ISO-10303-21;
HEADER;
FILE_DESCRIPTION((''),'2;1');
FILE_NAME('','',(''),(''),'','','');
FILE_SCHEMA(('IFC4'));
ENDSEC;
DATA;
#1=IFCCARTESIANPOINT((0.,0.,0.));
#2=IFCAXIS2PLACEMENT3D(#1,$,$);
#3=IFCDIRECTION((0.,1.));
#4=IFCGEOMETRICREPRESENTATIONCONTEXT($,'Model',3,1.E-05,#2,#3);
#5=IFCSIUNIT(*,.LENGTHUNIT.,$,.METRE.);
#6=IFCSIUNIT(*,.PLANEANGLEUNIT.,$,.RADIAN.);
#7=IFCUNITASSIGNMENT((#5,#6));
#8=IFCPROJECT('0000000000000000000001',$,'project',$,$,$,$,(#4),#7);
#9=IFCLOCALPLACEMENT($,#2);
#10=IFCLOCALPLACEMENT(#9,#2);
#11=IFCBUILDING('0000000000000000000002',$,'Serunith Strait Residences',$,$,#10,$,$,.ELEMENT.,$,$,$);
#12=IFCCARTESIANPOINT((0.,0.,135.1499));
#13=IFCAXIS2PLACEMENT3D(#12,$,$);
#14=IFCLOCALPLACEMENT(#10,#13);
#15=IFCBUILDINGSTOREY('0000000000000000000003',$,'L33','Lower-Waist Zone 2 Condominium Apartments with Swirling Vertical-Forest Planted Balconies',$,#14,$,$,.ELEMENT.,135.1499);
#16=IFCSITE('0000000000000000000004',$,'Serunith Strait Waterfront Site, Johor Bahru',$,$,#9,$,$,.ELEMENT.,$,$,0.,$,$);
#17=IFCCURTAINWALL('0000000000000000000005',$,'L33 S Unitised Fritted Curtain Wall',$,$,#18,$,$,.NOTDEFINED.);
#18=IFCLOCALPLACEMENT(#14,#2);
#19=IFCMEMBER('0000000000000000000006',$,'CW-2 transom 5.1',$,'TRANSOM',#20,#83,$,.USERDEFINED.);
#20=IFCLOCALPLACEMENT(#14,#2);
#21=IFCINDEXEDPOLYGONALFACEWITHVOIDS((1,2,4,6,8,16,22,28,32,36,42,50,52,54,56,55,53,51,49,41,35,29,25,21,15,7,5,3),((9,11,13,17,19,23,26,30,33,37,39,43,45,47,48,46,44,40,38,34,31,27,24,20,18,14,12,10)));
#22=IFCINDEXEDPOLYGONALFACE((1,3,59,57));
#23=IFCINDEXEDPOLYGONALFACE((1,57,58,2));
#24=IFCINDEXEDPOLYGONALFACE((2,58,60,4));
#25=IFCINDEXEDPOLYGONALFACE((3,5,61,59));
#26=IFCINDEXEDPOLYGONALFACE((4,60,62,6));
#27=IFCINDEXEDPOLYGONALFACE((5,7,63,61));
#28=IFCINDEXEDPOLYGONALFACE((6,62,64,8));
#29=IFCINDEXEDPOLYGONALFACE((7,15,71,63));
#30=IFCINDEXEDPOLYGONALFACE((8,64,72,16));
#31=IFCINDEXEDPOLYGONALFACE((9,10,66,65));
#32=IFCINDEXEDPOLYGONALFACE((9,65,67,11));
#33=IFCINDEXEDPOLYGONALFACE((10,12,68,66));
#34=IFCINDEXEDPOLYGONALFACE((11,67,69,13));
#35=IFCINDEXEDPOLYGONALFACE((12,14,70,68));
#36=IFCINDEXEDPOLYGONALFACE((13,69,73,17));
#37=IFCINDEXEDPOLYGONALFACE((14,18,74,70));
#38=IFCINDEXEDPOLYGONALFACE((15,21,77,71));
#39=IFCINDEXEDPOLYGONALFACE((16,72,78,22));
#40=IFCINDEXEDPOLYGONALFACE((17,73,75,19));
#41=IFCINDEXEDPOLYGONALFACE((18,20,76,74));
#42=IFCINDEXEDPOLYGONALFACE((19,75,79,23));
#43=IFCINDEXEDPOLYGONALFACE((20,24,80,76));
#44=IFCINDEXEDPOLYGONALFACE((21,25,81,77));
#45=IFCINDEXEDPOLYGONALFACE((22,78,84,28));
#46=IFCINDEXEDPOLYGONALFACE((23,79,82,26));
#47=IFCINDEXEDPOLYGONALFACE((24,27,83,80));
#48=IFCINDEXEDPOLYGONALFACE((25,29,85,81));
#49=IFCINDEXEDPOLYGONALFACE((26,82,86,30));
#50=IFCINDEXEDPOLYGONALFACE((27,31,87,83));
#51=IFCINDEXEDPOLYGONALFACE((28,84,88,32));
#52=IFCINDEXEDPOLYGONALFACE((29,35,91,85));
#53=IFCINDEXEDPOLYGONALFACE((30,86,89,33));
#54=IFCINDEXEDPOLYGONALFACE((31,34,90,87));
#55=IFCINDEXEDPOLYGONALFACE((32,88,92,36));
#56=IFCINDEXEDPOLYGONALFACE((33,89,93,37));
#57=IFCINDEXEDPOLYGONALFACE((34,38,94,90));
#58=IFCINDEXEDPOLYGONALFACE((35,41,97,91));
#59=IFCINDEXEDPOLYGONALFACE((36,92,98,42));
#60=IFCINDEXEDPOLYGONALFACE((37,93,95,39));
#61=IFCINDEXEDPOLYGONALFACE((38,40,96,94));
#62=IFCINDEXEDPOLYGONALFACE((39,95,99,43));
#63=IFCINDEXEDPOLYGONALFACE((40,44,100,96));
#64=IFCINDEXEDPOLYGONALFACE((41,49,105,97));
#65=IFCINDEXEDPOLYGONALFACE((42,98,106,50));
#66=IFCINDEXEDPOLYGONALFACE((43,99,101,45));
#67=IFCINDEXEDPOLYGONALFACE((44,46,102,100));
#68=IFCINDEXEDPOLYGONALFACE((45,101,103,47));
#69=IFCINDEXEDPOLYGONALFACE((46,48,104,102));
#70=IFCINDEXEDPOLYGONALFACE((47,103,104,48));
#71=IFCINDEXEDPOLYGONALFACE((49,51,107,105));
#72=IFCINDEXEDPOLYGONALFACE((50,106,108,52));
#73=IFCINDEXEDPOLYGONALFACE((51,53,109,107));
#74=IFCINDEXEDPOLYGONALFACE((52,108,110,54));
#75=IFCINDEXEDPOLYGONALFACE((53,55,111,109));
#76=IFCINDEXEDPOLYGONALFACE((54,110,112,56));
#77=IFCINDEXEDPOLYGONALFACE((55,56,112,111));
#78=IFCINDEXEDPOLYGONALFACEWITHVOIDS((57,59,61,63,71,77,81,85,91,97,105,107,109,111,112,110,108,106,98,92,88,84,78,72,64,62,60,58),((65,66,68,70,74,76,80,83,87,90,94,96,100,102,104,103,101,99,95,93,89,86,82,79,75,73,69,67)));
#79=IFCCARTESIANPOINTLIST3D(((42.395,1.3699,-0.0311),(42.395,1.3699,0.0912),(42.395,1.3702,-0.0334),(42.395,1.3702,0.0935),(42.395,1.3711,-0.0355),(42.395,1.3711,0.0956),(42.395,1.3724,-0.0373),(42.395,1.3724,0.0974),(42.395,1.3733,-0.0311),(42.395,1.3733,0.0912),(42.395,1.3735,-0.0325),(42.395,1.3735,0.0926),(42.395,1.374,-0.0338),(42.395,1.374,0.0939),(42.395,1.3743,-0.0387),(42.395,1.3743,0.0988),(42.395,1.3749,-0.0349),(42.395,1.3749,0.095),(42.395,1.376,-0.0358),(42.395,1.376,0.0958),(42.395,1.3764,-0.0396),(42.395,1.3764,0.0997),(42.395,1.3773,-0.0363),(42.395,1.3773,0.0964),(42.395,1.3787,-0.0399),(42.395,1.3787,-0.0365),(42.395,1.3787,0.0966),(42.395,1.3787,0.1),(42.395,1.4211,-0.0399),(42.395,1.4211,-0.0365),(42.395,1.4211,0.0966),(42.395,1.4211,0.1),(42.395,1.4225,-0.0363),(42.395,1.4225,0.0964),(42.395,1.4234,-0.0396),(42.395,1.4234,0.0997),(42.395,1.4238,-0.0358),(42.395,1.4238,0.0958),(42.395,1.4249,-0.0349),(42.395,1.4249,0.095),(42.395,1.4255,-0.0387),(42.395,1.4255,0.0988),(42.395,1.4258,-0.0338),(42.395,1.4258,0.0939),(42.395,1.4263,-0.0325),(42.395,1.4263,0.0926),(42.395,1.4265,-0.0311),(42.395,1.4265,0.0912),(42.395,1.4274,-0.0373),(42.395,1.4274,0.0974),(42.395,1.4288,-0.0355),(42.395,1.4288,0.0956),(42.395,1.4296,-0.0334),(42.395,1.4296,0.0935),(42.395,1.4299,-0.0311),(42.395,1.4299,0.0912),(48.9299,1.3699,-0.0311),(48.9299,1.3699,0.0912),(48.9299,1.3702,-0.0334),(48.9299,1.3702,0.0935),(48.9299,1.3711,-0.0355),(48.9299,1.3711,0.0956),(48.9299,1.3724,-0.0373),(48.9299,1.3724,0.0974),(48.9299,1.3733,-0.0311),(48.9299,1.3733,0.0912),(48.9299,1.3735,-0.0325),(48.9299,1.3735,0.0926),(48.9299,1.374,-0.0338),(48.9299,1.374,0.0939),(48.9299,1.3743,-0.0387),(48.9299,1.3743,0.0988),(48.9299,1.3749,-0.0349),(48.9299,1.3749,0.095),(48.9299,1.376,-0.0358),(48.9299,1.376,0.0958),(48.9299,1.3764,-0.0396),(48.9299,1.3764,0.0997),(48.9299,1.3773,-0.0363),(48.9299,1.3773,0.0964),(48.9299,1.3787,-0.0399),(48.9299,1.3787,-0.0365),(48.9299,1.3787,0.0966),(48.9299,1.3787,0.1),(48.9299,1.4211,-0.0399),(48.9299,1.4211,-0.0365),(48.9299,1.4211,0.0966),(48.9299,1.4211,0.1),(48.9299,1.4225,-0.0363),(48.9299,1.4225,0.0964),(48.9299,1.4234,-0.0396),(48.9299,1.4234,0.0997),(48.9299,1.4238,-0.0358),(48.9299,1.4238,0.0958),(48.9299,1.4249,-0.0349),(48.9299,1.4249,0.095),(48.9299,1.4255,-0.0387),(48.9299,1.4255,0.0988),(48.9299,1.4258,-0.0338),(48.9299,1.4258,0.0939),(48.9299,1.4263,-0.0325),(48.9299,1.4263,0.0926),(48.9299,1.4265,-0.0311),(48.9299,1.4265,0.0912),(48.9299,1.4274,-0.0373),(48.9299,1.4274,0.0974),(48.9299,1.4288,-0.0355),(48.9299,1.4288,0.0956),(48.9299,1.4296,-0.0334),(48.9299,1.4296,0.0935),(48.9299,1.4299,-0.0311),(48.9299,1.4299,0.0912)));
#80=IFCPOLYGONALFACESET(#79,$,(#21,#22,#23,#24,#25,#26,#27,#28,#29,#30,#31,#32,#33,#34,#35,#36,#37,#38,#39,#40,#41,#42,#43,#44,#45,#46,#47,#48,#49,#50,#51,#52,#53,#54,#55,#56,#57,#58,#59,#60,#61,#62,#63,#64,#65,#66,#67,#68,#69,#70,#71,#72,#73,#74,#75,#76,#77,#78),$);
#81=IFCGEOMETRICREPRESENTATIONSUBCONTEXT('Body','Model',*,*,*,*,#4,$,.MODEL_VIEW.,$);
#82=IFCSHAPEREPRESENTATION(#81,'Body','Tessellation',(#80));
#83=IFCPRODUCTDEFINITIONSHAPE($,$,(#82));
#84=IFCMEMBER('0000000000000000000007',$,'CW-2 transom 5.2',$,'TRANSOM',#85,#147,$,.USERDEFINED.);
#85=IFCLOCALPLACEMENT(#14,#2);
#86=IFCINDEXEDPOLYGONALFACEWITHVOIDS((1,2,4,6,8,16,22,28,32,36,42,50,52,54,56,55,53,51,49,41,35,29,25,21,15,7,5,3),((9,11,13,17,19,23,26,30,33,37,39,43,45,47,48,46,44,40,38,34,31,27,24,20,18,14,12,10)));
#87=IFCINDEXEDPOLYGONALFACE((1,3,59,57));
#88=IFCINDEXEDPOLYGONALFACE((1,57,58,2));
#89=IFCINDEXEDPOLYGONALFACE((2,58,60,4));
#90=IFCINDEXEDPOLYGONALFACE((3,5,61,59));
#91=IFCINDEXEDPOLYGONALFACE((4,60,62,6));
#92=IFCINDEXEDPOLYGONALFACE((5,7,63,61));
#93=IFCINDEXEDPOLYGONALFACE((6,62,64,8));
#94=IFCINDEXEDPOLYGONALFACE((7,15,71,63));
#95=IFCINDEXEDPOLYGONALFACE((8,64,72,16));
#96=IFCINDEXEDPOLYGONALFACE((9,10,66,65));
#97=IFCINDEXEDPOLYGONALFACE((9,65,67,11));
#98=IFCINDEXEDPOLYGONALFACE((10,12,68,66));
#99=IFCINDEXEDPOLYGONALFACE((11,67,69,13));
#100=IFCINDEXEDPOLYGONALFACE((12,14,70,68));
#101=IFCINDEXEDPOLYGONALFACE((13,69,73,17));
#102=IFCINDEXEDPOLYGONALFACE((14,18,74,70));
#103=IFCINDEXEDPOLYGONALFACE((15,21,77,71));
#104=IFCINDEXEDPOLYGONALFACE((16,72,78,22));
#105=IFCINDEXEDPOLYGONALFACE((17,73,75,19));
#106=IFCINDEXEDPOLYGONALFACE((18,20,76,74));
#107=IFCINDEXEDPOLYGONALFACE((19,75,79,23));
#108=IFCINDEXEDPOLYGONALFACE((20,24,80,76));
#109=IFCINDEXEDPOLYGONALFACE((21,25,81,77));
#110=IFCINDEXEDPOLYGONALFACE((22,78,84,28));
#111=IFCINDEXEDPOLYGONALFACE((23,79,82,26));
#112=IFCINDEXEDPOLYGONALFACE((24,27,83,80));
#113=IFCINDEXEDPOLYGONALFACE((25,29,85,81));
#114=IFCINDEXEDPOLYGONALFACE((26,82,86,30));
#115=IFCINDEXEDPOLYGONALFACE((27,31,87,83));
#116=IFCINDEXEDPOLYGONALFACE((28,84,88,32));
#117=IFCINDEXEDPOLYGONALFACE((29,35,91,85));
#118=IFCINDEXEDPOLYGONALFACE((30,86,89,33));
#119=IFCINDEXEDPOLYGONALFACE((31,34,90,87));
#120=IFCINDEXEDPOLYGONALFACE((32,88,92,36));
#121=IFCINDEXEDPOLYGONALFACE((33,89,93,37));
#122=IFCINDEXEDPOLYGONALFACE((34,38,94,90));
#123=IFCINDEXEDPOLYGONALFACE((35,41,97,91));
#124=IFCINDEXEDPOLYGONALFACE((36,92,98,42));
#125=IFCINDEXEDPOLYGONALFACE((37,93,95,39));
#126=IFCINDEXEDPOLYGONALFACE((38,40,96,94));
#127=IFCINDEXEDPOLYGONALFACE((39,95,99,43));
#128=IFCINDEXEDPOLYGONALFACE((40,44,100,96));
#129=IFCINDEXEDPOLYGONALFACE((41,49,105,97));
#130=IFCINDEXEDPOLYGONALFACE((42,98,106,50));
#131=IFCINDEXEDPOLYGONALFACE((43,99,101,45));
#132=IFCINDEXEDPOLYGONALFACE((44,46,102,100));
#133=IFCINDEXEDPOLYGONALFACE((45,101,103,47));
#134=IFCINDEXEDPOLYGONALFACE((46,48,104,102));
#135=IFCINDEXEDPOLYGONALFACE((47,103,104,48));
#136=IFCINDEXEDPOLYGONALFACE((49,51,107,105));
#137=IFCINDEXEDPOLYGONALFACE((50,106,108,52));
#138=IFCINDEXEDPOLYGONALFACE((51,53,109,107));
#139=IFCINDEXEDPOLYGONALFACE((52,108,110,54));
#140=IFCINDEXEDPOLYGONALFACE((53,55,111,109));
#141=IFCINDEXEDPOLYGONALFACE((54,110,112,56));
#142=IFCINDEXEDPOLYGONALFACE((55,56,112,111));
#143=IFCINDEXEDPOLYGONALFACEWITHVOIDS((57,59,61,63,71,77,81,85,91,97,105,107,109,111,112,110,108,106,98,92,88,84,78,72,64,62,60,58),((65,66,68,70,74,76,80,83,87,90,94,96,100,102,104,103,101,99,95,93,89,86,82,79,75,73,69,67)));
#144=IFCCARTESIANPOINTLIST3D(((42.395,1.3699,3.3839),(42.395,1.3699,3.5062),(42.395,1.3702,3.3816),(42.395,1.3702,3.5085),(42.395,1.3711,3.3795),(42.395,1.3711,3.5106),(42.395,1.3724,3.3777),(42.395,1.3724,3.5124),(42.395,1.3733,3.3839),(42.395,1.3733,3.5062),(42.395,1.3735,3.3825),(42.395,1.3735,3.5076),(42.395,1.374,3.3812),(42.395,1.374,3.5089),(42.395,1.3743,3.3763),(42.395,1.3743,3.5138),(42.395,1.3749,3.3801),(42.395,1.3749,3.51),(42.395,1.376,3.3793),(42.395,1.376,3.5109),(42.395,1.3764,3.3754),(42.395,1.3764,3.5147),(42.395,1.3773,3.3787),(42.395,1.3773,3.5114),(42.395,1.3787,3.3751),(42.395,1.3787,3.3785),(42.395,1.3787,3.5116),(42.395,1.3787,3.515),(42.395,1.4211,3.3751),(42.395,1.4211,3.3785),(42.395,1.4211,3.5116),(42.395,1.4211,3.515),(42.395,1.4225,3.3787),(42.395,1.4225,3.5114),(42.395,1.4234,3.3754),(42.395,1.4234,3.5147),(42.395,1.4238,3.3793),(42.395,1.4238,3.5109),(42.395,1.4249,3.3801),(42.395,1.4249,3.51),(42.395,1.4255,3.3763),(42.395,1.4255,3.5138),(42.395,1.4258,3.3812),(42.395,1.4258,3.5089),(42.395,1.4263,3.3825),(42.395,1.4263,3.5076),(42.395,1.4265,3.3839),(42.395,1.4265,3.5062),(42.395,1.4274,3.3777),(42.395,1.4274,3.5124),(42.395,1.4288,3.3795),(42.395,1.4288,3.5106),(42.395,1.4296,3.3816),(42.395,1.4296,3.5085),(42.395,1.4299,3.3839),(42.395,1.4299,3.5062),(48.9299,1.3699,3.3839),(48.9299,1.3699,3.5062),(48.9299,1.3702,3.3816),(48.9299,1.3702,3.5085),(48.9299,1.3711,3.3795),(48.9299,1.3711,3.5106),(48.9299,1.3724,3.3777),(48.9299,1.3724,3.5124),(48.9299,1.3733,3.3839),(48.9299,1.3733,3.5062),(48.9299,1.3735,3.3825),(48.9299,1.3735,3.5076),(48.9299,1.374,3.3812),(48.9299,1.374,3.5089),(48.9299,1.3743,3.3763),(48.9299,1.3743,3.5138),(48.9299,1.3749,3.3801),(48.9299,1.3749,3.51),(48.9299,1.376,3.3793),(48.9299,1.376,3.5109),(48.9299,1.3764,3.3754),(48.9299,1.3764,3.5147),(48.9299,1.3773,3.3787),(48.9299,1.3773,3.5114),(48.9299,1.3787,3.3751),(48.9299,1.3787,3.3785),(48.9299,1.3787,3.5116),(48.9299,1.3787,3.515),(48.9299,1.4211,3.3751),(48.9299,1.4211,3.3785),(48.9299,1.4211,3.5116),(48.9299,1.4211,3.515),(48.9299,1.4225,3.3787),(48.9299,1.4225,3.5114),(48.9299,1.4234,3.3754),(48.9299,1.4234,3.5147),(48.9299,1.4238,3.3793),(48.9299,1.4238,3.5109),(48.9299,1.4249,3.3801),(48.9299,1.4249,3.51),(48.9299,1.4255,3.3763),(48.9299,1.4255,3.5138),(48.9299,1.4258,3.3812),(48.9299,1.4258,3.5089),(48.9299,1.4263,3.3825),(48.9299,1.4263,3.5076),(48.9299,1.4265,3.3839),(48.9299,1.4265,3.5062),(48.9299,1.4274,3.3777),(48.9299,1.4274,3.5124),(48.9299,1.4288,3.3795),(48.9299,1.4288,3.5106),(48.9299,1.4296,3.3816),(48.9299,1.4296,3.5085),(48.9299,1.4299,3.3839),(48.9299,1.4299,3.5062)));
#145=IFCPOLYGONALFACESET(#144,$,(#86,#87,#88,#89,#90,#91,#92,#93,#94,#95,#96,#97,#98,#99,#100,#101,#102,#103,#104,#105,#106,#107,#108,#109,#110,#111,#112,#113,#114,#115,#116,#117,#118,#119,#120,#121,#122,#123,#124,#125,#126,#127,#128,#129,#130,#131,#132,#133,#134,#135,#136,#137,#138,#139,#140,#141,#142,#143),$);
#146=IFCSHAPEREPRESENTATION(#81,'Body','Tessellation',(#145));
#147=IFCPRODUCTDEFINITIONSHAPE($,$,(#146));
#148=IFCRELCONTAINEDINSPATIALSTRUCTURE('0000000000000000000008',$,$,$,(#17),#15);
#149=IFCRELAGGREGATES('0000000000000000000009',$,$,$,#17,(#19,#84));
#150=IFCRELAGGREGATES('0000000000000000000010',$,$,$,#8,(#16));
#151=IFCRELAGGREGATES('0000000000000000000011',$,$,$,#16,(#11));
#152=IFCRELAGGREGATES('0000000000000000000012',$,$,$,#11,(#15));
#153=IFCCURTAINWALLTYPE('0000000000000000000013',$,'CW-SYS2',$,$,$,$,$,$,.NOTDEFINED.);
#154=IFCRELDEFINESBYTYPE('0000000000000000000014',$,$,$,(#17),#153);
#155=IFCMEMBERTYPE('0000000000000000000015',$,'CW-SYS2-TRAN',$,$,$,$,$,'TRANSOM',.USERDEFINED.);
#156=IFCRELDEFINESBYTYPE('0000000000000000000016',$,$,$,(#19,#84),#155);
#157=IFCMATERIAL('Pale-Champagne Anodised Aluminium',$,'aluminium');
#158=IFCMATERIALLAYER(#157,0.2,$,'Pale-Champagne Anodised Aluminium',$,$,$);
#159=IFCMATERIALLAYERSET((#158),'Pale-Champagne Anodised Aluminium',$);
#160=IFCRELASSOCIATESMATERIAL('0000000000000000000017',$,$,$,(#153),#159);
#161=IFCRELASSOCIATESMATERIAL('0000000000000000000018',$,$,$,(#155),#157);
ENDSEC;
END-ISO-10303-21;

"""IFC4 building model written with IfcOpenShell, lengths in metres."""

from ifc_helpers import new_model, si_unit, direction, frame, origin, origin_2d, place, context, subcontext, project, spatial, hollow_rectangle, extrude, source, transform, mapped, material, layer, layer_set, material_profile, profile_set, type_object, element, aggregate, save


model = new_model("IFC4")

# Units and contexts
model_context = context("Model", 3, precision=1e-05, world=origin(), true_north=direction((0.0, 1.0)))
body_context = subcontext(model_context, "Body", "Model", "MODEL_VIEW")
ifc_project = project(units=[si_unit("LENGTHUNIT", "METRE"), si_unit("PLANEANGLEUNIT", "RADIAN")], contexts=[model_context])

# Site, building, storey
site_placement = place(None, origin())
site = spatial("IfcSite", under=ifc_project, at=site_placement, Name="Serunith Strait Waterfront Site, Johor Bahru", CompositionType="ELEMENT", RefElevation=0.0)
building_placement = place(site_placement, origin())
building = spatial("IfcBuilding", under=site, at=building_placement, Name="Serunith Strait Residences", CompositionType="ELEMENT")
storey_placement = place(building_placement, frame((0.0, 0.0, 135.1499)))
storey = spatial("IfcBuildingStorey", under=building, at=storey_placement, Name="L33", Description="Lower-Waist Zone 2 Condominium Apartments with Swirling Vertical-Forest Planted Balconies", CompositionType="ELEMENT", Elevation=135.1499)

# Curtain wall, members
ifc_material_1 = material(Name="Pale-Champagne Anodised Aluminium", Category="aluminium")
ifc_layer_1 = layer(ifc_material_1, 0.2, Name="Pale-Champagne Anodised Aluminium")
ifc_layer_set_1 = layer_set([ifc_layer_1], Name="Pale-Champagne Anodised Aluminium")
curtain_wall_type = type_object("IfcCurtainWallType", Name="CW-SYS2", PredefinedType="NOTDEFINED", material=ifc_layer_set_1)
curtain_wall_placement = place(storey_placement, origin())
curtain_wall = element("IfcCurtainWall", 1, at=curtain_wall_placement, inside=storey, type_object=curtain_wall_type, Name="L33 S Unitised Fritted Curtain Wall", PredefinedType="NOTDEFINED")
ifc_material_profile_1 = material_profile(ifc_material_1, hollow_rectangle(XDim=0.0601, YDim=0.1399, WallThickness=0.0034, InnerFilletRadius=0.0054, OuterFilletRadius=0.0088, at=origin_2d()), Name="ALU 140x60x3.5")
ifc_profile_set_1 = profile_set([ifc_material_profile_1], Name="Pale-Champagne Anodised Aluminium")
member_type_1 = type_object("IfcMemberType", Name="CW-SYS2-TRAN", ElementType="TRANSOM", PredefinedType="USERDEFINED", material=ifc_profile_set_1)
shared_shape_1 = source(origin(), body_context, "Body", "SweptSolid", [
    extrude(hollow_rectangle(XDim=0.0601, YDim=0.1399, WallThickness=0.0034, InnerFilletRadius=0.0054, OuterFilletRadius=0.0088, at=origin_2d()), origin(), (0.0, 0.0, 1.0), 6.5349),
])
member_1_placement = place(storey_placement, frame((42.395, 1.3999, 0.03), z_axis=(1.0, 0.0, 0.0), x_axis=(0.0, 1.0, 0.0)))
member_1 = element("IfcMember", 2, at=member_1_placement, type_object=member_type_1, Name="CW-2 transom 5.1", ObjectType="TRANSOM", PredefinedType="USERDEFINED", context=body_context, shape_type="MappedRepresentation", body=[
    mapped(shared_shape_1, transform((0.0, 0.0, 0.0), scale=1.0)),
])
member_2_placement = place(storey_placement, frame((42.395, 1.3999, 3.4451), z_axis=(1.0, 0.0, 0.0), x_axis=(0.0, 1.0, 0.0)))
member_2 = element("IfcMember", 3, at=member_2_placement, type_object=member_type_1, Name="CW-2 transom 5.2", ObjectType="TRANSOM", PredefinedType="USERDEFINED", context=body_context, shape_type="MappedRepresentation", body=[
    mapped(shared_shape_1, transform((0.0, 0.0, 0.0), scale=1.0)),
])
aggregate(curtain_wall, [member_1, member_2])

save(model, "model.ifc")
